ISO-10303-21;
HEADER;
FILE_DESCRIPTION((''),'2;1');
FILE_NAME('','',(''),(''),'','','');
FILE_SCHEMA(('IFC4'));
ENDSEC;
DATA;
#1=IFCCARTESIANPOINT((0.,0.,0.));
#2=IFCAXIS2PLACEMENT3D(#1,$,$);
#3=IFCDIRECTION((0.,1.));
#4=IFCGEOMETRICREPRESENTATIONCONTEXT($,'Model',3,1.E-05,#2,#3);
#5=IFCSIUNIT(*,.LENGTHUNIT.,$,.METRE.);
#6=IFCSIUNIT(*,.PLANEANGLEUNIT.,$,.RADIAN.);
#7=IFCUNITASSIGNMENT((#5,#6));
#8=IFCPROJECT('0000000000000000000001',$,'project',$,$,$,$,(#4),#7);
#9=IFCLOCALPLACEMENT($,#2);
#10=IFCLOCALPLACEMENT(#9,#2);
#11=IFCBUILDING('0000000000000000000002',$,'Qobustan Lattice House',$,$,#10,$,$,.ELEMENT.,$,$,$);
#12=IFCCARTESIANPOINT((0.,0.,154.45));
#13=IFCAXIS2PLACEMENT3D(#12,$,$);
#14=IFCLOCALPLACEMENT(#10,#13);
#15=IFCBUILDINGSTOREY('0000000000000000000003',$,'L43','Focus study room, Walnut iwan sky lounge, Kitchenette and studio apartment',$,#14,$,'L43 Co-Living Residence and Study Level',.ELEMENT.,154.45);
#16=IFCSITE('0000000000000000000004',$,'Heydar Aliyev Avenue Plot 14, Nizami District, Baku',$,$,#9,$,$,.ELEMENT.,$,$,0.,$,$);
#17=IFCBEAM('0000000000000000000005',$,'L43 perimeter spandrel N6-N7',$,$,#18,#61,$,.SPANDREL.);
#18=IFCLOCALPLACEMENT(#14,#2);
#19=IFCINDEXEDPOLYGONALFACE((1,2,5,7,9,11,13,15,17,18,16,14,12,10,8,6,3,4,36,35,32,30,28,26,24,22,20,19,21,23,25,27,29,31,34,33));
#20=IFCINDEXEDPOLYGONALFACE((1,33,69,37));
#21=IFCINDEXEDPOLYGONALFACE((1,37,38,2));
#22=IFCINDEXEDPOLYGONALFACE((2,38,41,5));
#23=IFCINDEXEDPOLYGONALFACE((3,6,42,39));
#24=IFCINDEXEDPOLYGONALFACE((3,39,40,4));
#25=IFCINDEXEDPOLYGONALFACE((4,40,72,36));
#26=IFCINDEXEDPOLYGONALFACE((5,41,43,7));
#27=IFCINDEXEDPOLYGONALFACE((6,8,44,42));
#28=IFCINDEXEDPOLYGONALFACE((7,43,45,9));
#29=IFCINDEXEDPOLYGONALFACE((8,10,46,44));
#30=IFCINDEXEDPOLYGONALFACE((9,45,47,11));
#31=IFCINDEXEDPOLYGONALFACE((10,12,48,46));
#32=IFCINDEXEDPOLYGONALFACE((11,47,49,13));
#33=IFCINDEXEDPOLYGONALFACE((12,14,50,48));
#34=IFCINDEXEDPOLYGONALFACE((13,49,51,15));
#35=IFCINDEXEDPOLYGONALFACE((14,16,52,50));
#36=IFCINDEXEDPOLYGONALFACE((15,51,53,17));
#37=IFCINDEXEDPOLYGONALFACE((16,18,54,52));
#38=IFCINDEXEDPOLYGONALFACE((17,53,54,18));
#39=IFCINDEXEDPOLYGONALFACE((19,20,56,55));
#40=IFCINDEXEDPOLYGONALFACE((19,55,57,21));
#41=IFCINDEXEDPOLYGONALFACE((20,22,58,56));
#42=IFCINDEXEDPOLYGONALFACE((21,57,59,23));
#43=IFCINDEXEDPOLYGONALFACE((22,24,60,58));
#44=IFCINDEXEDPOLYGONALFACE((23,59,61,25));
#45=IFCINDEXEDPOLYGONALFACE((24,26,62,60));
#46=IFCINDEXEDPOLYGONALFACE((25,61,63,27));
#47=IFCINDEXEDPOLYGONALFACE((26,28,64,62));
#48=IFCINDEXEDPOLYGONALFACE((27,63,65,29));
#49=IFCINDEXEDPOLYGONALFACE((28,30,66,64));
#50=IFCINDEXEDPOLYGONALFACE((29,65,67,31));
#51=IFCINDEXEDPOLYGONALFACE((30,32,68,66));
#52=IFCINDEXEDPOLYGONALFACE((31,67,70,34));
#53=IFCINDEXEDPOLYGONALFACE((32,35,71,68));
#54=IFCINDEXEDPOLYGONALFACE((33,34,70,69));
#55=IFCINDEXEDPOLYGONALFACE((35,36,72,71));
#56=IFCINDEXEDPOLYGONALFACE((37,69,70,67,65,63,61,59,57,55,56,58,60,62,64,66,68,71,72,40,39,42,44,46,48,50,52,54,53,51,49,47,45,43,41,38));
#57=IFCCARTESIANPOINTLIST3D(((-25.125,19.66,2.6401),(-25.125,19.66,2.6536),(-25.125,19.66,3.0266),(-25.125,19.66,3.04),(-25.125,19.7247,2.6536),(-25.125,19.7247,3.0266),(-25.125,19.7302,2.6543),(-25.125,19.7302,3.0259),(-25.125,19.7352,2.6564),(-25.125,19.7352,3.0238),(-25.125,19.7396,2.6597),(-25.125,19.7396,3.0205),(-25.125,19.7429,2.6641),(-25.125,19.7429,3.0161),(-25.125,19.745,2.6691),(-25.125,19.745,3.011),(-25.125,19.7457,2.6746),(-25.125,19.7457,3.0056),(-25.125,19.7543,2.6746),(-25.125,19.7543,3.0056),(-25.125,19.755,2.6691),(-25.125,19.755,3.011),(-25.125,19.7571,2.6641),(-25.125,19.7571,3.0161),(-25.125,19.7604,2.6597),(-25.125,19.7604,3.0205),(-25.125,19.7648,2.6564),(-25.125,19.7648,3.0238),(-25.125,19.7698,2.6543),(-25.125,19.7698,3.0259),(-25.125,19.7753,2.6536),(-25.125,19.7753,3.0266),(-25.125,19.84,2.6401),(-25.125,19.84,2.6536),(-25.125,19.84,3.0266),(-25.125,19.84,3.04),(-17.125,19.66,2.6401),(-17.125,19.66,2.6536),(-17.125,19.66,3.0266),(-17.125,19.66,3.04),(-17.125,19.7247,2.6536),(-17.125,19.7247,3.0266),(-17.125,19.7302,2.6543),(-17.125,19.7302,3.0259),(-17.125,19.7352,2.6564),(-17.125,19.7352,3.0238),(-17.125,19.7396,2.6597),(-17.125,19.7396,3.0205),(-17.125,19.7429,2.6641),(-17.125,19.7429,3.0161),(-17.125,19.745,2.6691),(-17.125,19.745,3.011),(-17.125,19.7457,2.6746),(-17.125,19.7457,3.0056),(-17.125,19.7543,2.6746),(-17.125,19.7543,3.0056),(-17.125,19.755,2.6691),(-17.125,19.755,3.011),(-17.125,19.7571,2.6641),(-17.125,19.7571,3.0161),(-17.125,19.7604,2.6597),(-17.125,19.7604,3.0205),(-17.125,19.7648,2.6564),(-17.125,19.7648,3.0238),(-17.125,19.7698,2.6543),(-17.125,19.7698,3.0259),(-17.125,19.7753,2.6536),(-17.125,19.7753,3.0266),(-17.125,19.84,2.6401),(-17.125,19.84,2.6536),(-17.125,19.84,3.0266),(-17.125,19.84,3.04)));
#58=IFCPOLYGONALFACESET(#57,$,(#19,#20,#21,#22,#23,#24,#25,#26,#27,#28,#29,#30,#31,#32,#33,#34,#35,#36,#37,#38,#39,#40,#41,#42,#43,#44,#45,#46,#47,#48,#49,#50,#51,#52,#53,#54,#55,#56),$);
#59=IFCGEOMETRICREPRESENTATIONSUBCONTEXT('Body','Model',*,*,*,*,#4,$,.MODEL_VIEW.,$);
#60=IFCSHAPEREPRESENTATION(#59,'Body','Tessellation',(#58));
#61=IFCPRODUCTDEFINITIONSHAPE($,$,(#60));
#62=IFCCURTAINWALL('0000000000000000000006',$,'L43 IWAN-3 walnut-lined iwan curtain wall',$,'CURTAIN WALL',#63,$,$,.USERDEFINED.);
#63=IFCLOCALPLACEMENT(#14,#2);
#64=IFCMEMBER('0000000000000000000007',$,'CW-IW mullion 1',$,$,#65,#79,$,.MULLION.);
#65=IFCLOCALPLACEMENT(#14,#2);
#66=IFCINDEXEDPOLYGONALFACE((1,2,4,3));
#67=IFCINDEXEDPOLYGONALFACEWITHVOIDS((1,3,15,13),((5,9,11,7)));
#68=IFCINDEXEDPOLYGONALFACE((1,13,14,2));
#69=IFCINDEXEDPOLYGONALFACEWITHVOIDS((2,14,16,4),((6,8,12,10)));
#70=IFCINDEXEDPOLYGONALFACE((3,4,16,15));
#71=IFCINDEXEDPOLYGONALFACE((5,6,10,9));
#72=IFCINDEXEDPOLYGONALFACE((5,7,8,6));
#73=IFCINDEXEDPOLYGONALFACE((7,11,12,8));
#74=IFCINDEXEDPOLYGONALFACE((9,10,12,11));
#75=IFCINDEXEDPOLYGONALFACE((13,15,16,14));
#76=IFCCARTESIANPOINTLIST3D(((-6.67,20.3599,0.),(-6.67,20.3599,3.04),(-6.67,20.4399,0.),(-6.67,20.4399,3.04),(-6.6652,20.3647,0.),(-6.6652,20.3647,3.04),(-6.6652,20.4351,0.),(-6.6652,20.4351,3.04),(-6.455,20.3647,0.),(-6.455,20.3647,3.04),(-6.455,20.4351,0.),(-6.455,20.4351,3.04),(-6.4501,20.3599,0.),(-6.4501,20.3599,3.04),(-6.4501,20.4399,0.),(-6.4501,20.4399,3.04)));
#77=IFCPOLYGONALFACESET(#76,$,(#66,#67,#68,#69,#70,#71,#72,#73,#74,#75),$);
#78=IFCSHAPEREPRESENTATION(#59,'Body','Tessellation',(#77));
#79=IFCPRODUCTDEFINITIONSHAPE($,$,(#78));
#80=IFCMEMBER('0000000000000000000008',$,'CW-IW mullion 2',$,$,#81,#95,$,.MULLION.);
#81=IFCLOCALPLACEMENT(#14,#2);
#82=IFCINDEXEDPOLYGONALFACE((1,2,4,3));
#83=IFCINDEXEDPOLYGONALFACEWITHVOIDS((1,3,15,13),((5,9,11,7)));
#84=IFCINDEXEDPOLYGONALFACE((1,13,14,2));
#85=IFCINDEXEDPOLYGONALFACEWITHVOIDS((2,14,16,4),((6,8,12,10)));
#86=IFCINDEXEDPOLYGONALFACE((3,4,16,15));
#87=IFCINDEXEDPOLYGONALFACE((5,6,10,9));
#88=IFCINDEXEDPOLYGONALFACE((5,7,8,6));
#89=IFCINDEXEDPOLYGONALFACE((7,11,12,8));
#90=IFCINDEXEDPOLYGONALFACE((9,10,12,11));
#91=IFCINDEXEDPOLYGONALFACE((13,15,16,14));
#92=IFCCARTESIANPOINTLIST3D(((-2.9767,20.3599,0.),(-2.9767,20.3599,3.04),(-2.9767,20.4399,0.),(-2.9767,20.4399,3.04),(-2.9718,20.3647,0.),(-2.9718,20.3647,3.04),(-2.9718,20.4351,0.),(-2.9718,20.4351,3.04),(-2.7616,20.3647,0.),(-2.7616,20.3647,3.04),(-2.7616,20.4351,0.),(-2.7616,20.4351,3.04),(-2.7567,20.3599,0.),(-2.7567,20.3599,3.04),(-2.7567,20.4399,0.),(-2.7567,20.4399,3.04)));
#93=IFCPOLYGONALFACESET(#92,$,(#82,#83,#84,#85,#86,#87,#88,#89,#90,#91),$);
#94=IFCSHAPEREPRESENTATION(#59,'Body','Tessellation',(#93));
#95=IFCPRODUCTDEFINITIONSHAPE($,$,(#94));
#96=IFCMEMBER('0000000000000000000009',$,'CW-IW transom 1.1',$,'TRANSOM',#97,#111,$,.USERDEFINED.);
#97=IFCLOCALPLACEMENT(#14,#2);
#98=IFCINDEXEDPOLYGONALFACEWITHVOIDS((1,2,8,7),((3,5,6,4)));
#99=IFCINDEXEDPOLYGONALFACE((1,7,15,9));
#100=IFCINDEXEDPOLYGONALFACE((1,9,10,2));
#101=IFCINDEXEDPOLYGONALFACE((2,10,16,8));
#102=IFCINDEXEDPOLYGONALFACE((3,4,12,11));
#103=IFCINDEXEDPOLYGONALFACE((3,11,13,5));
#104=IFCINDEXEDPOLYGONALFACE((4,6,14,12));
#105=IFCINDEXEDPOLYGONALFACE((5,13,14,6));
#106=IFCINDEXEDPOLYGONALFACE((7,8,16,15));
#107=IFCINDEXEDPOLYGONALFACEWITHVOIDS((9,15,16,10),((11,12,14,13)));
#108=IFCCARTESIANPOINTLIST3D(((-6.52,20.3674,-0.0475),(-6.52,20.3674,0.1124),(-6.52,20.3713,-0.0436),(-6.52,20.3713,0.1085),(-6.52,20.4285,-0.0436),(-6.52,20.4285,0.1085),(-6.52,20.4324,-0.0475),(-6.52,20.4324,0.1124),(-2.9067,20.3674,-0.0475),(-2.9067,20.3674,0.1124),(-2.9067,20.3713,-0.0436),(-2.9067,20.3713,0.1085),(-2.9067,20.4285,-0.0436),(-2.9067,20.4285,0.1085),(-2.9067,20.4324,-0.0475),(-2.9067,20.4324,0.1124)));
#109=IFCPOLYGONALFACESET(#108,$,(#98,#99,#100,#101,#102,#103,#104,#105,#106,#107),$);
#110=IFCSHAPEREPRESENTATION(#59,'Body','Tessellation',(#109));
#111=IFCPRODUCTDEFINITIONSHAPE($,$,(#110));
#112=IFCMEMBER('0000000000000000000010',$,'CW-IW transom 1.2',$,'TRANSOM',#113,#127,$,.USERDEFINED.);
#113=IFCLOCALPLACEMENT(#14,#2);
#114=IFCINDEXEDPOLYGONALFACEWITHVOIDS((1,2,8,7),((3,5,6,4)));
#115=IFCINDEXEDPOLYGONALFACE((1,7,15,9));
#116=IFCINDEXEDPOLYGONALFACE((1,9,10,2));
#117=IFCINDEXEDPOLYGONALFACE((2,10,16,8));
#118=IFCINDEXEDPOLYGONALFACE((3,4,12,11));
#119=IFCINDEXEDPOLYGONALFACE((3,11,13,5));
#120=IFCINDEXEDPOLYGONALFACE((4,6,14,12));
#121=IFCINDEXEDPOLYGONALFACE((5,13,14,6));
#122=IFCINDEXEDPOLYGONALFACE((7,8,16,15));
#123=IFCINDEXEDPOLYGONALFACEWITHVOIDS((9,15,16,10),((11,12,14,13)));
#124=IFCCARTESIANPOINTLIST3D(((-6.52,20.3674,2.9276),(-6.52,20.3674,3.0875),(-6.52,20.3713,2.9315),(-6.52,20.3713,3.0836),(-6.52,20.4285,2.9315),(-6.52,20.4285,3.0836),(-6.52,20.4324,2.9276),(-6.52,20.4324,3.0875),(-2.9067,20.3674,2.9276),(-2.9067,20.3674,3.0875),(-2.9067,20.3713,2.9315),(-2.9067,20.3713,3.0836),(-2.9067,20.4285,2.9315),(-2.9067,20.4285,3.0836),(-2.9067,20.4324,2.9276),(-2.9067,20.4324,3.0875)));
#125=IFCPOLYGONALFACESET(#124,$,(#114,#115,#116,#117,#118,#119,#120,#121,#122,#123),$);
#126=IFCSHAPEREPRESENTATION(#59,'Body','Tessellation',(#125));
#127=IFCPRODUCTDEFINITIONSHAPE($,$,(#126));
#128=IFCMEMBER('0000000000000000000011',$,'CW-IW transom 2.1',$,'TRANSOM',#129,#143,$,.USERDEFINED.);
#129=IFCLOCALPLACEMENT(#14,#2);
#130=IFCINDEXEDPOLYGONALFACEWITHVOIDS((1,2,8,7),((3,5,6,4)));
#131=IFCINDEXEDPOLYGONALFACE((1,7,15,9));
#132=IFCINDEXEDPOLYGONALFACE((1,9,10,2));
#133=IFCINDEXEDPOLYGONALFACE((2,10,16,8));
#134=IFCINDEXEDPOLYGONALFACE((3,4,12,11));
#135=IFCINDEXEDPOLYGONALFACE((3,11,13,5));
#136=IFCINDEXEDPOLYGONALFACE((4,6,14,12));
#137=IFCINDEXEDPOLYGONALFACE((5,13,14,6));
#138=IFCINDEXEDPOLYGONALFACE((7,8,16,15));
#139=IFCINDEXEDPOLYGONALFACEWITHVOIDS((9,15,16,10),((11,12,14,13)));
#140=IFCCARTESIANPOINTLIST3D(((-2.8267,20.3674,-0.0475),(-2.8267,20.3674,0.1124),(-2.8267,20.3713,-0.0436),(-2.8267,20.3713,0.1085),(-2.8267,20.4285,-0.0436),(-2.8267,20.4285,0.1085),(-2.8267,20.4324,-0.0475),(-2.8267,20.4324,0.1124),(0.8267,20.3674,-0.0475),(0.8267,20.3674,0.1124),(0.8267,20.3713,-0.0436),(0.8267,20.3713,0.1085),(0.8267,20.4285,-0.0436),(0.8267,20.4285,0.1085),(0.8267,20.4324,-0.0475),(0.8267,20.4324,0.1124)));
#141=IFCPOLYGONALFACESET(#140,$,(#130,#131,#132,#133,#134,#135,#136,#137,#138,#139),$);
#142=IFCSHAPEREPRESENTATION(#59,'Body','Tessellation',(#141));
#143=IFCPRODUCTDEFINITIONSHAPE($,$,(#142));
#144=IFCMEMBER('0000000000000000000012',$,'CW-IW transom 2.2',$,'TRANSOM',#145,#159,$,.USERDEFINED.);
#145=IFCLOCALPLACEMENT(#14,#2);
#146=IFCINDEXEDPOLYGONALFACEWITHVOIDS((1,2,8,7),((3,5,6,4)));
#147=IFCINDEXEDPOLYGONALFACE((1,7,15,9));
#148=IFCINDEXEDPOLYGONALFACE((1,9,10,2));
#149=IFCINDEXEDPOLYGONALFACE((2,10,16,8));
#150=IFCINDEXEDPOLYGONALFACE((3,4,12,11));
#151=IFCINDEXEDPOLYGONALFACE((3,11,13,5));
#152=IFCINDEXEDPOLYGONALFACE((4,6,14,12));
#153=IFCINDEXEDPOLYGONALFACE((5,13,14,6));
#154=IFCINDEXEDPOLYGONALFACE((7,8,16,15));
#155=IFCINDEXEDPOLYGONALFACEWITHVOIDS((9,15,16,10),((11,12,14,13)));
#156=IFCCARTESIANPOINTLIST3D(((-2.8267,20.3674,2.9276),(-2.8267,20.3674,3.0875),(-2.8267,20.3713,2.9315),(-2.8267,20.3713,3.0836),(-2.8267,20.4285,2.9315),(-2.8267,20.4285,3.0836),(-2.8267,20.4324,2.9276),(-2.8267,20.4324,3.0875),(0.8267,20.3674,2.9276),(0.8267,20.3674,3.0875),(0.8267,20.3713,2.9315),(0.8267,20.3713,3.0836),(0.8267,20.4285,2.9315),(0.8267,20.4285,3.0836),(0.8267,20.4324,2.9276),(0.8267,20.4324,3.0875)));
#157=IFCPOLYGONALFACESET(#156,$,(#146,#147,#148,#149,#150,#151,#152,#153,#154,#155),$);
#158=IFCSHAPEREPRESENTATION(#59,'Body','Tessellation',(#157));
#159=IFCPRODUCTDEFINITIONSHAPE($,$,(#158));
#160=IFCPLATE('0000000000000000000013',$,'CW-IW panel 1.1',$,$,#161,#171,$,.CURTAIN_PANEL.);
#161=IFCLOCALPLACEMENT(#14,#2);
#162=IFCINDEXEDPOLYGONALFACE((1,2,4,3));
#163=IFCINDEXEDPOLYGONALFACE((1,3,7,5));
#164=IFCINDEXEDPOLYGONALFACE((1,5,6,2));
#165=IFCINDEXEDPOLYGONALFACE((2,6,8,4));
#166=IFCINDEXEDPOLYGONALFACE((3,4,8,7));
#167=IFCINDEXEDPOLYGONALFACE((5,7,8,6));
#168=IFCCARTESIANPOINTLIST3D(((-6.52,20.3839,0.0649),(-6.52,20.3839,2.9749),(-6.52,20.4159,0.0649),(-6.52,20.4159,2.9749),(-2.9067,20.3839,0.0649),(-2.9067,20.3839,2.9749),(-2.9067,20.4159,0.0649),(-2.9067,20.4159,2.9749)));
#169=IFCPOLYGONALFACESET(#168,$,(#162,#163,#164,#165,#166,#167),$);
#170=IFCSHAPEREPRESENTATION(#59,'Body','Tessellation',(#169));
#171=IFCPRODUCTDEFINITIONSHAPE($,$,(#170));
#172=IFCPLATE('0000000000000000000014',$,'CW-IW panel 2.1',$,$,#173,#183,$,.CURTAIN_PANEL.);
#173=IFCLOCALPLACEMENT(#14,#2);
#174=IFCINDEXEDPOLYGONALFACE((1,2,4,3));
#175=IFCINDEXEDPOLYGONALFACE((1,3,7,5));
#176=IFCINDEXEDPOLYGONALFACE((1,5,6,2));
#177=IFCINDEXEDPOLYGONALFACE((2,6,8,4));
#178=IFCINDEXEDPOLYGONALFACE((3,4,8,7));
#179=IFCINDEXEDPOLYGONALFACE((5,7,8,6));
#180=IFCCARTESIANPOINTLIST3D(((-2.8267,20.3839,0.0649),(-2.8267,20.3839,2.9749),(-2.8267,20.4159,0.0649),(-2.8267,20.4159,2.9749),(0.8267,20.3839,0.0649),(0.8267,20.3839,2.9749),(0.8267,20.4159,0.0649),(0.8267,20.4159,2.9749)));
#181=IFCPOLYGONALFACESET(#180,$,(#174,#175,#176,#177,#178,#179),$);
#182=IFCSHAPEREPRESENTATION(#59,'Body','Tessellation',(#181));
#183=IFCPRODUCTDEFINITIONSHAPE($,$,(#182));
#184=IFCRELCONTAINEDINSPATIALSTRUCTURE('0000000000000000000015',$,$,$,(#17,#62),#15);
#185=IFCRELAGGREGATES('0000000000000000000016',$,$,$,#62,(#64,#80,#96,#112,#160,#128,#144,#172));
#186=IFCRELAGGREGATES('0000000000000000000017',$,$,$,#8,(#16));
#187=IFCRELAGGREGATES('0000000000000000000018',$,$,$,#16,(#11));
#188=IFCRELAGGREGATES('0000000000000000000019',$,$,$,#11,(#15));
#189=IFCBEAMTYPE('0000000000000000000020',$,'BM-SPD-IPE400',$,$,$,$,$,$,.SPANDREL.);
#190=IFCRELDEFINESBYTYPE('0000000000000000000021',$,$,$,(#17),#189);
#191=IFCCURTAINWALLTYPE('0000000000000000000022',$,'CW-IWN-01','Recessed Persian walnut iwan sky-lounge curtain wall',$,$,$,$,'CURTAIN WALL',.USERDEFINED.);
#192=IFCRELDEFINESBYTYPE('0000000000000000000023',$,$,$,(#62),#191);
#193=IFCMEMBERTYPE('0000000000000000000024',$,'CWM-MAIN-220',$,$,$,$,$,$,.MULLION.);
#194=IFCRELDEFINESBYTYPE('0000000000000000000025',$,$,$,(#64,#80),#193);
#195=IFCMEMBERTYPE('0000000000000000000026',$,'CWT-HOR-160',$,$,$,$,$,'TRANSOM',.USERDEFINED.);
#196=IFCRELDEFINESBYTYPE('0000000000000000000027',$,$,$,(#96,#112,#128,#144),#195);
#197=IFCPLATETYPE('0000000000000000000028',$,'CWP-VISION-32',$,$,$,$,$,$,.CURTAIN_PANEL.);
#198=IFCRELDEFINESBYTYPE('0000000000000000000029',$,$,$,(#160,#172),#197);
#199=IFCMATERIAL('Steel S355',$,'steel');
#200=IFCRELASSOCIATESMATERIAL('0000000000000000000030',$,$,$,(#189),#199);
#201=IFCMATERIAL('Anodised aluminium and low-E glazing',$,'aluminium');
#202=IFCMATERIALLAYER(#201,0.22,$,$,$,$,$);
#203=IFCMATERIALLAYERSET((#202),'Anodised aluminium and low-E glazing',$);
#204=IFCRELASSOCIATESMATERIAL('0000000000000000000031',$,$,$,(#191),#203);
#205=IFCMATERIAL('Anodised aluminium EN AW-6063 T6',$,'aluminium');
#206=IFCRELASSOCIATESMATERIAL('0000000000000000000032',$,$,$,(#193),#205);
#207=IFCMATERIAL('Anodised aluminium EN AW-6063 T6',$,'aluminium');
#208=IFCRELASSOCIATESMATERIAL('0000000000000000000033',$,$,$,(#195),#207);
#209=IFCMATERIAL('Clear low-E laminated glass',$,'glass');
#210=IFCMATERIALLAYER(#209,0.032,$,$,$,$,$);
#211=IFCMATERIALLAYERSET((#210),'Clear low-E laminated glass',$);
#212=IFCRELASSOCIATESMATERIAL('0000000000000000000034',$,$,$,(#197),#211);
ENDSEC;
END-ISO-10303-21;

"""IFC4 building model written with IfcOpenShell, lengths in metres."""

from ifc_helpers import new_model, si_unit, direction, frame, origin, origin_2d, place, context, subcontext, project, spatial, rectangle, hollow_rectangle, i_section, extrude, material, layer, layer_set, material_profile, profile_set, type_object, element, aggregate, save


model = new_model("IFC4")

# Units and contexts
model_context = context("Model", 3, precision=1e-05, world=origin(), true_north=direction((0.0, 1.0)))
body_context = subcontext(model_context, "Body", "Model", "MODEL_VIEW")
ifc_project = project(units=[si_unit("LENGTHUNIT", "METRE"), si_unit("PLANEANGLEUNIT", "RADIAN")], contexts=[model_context])

# Site, building, storey
site_placement = place(None, origin())
site = spatial("IfcSite", under=ifc_project, at=site_placement, Name="Heydar Aliyev Avenue Plot 14, Nizami District, Baku", CompositionType="ELEMENT", RefElevation=0.0)
building_placement = place(site_placement, origin())
building = spatial("IfcBuilding", under=site, at=building_placement, Name="Qobustan Lattice House", CompositionType="ELEMENT")
storey_placement = place(building_placement, frame((0.0, 0.0, 154.45)))
storey = spatial("IfcBuildingStorey", under=building, at=storey_placement, Name="L43", Description="Focus study room, Walnut iwan sky lounge, Kitchenette and studio apartment", LongName="L43 Co-Living Residence and Study Level", CompositionType="ELEMENT", Elevation=154.45)

# Beam
ifc_material_1 = material(Name="Steel S355", Category="steel")
ifc_material_profile_1 = material_profile(ifc_material_1, i_section(OverallWidth=0.1799, OverallDepth=0.3999, WebThickness=0.0085, FlangeThickness=0.0134, FilletRadius=0.021, at=origin_2d()), Name="IPE400")
ifc_profile_set_1 = profile_set([ifc_material_profile_1], Name="Steel S355")
beam_type_1 = type_object("IfcBeamType", Name="BM-SPD-IPE400", PredefinedType="SPANDREL", material=ifc_profile_set_1)
for number, where, z_axis, x_axis, name in (
    (1, (-17.125, 19.75, 2.8401), (-1.0, 0.0, 0.0), (0.0, -1.0, 0.0), "L43 perimeter spandrel N6-N7"),
):
    element("IfcBeam", number, at=place(storey_placement, frame(where, z_axis=z_axis, x_axis=x_axis)), inside=storey, type_object=beam_type_1, Name=name, PredefinedType="SPANDREL", context=body_context, shape_type="SweptSolid", body=[
        extrude(i_section(OverallWidth=0.1799, OverallDepth=0.3999, WebThickness=0.0085, FlangeThickness=0.0134, FilletRadius=0.021, at=origin_2d()), origin(), (0.0, 0.0, 1.0), 8.0),
    ])

# Curtain wall, members, plates
ifc_material_2 = material(Name="Anodised aluminium and low-E glazing", Category="aluminium")
ifc_layer_1 = layer(ifc_material_2, 0.22)
ifc_layer_set_1 = layer_set([ifc_layer_1], Name="Anodised aluminium and low-E glazing")
curtain_wall_type = type_object("IfcCurtainWallType", Name="CW-IWN-01", Description="Recessed Persian walnut iwan sky-lounge curtain wall", ElementType="CURTAIN WALL", PredefinedType="USERDEFINED", material=ifc_layer_set_1)
curtain_wall_placement = place(storey_placement, origin())
curtain_wall = element("IfcCurtainWall", 2, at=curtain_wall_placement, inside=storey, type_object=curtain_wall_type, Name="L43 IWAN-3 walnut-lined iwan curtain wall", ObjectType="CURTAIN WALL", PredefinedType="USERDEFINED")
ifc_material_3 = material(Name="Anodised aluminium EN AW-6063 T6", Category="aluminium")
ifc_material_profile_2 = material_profile(ifc_material_3, hollow_rectangle(XDim=0.0801, YDim=0.22, WallThickness=0.0049, at=origin_2d()), Name="CWM-220x80")
ifc_profile_set_2 = profile_set([ifc_material_profile_2], Name="Anodised aluminium EN AW-6063 T6")
member_type_1 = type_object("IfcMemberType", Name="CWM-MAIN-220", PredefinedType="MULLION", material=ifc_profile_set_2)
member_1_placement = place(storey_placement, frame((-6.5601, 20.3999, 0.0), z_axis=(0.0, 0.0, 1.0), x_axis=(0.0, 1.0, 0.0)))
member_1 = element("IfcMember", 3, at=member_1_placement, type_object=member_type_1, Name="CW-IW mullion 1", PredefinedType="MULLION", context=body_context, shape_type="SweptSolid", body=[
    extrude(hollow_rectangle(XDim=0.0801, YDim=0.22, WallThickness=0.0049, at=origin_2d()), origin(), (0.0, 0.0, 1.0), 3.04),
])
member_2_placement = place(storey_placement, frame((-2.8667, 20.3999, 0.0), z_axis=(0.0, 0.0, 1.0), x_axis=(0.0, 1.0, 0.0)))
member_2 = element("IfcMember", 4, at=member_2_placement, type_object=member_type_1, Name="CW-IW mullion 2", PredefinedType="MULLION", context=body_context, shape_type="SweptSolid", body=[
    extrude(hollow_rectangle(XDim=0.0801, YDim=0.22, WallThickness=0.0049, at=origin_2d()), origin(), (0.0, 0.0, 1.0), 3.04),
])
ifc_material_4 = material(Name="Anodised aluminium EN AW-6063 T6", Category="aluminium")
ifc_material_profile_3 = material_profile(ifc_material_4, hollow_rectangle(XDim=0.0649, YDim=0.1599, WallThickness=0.0039, at=origin_2d()), Name="CWT-160x65")
ifc_profile_set_3 = profile_set([ifc_material_profile_3], Name="Anodised aluminium EN AW-6063 T6")
member_type_2 = type_object("IfcMemberType", Name="CWT-HOR-160", ElementType="TRANSOM", PredefinedType="USERDEFINED", material=ifc_profile_set_3)
member_3_placement = place(storey_placement, frame((-6.52, 20.3999, 0.0325), z_axis=(1.0, 0.0, 0.0), x_axis=(0.0, 1.0, 0.0)))
member_3 = element("IfcMember", 5, at=member_3_placement, type_object=member_type_2, Name="CW-IW transom 1.1", ObjectType="TRANSOM", PredefinedType="USERDEFINED", context=body_context, shape_type="SweptSolid", body=[
    extrude(hollow_rectangle(XDim=0.0649, YDim=0.1599, WallThickness=0.0039, at=origin_2d()), origin(), (0.0, 0.0, 1.0), 3.6133),
])
member_4_placement = place(storey_placement, frame((-6.52, 20.3999, 3.0076), z_axis=(1.0, 0.0, 0.0), x_axis=(0.0, 1.0, 0.0)))
member_4 = element("IfcMember", 6, at=member_4_placement, type_object=member_type_2, Name="CW-IW transom 1.2", ObjectType="TRANSOM", PredefinedType="USERDEFINED", context=body_context, shape_type="SweptSolid", body=[
    extrude(hollow_rectangle(XDim=0.0649, YDim=0.1599, WallThickness=0.0039, at=origin_2d()), origin(), (0.0, 0.0, 1.0), 3.6133),
])
member_5_placement = place(storey_placement, frame((-2.8267, 20.3999, 0.0325), z_axis=(1.0, 0.0, 0.0), x_axis=(0.0, 1.0, 0.0)))
member_5 = element("IfcMember", 7, at=member_5_placement, type_object=member_type_2, Name="CW-IW transom 2.1", ObjectType="TRANSOM", PredefinedType="USERDEFINED", context=body_context, shape_type="SweptSolid", body=[
    extrude(hollow_rectangle(XDim=0.0649, YDim=0.1599, WallThickness=0.0039, at=origin_2d()), origin(), (0.0, 0.0, 1.0), 3.6533),
])
member_6_placement = place(storey_placement, frame((-2.8267, 20.3999, 3.0076), z_axis=(1.0, 0.0, 0.0), x_axis=(0.0, 1.0, 0.0)))
member_6 = element("IfcMember", 8, at=member_6_placement, type_object=member_type_2, Name="CW-IW transom 2.2", ObjectType="TRANSOM", PredefinedType="USERDEFINED", context=body_context, shape_type="SweptSolid", body=[
    extrude(hollow_rectangle(XDim=0.0649, YDim=0.1599, WallThickness=0.0039, at=origin_2d()), origin(), (0.0, 0.0, 1.0), 3.6533),
])
ifc_material_5 = material(Name="Clear low-E laminated glass", Category="glass")
ifc_layer_2 = layer(ifc_material_5, 0.032)
ifc_layer_set_2 = layer_set([ifc_layer_2], Name="Clear low-E laminated glass")
plate_type = type_object("IfcPlateType", Name="CWP-VISION-32", PredefinedType="CURTAIN_PANEL", material=ifc_layer_set_2)
plate_1_placement = place(storey_placement, frame((-4.7134, 20.3999, 0.0649), z_axis=(0.0, 0.0, 1.0), x_axis=(1.0, 0.0, 0.0)))
plate_1 = element("IfcPlate", 9, at=plate_1_placement, type_object=plate_type, Name="CW-IW panel 1.1", PredefinedType="CURTAIN_PANEL", context=body_context, shape_type="SweptSolid", body=[
    extrude(rectangle(XDim=3.6133, YDim=0.032, at=origin_2d()), origin(), (0.0, 0.0, 1.0), 2.9099),
])
plate_2_placement = place(storey_placement, frame((-1.0, 20.3999, 0.0649), z_axis=(0.0, 0.0, 1.0), x_axis=(1.0, 0.0, 0.0)))
plate_2 = element("IfcPlate", 10, at=plate_2_placement, type_object=plate_type, Name="CW-IW panel 2.1", PredefinedType="CURTAIN_PANEL", context=body_context, shape_type="SweptSolid", body=[
    extrude(rectangle(XDim=3.6533, YDim=0.032, at=origin_2d()), origin(), (0.0, 0.0, 1.0), 2.9099),
])
aggregate(curtain_wall, [member_1, member_2, member_3, member_4, plate_1, member_5, member_6, plate_2])

save(model, "model.ifc")
